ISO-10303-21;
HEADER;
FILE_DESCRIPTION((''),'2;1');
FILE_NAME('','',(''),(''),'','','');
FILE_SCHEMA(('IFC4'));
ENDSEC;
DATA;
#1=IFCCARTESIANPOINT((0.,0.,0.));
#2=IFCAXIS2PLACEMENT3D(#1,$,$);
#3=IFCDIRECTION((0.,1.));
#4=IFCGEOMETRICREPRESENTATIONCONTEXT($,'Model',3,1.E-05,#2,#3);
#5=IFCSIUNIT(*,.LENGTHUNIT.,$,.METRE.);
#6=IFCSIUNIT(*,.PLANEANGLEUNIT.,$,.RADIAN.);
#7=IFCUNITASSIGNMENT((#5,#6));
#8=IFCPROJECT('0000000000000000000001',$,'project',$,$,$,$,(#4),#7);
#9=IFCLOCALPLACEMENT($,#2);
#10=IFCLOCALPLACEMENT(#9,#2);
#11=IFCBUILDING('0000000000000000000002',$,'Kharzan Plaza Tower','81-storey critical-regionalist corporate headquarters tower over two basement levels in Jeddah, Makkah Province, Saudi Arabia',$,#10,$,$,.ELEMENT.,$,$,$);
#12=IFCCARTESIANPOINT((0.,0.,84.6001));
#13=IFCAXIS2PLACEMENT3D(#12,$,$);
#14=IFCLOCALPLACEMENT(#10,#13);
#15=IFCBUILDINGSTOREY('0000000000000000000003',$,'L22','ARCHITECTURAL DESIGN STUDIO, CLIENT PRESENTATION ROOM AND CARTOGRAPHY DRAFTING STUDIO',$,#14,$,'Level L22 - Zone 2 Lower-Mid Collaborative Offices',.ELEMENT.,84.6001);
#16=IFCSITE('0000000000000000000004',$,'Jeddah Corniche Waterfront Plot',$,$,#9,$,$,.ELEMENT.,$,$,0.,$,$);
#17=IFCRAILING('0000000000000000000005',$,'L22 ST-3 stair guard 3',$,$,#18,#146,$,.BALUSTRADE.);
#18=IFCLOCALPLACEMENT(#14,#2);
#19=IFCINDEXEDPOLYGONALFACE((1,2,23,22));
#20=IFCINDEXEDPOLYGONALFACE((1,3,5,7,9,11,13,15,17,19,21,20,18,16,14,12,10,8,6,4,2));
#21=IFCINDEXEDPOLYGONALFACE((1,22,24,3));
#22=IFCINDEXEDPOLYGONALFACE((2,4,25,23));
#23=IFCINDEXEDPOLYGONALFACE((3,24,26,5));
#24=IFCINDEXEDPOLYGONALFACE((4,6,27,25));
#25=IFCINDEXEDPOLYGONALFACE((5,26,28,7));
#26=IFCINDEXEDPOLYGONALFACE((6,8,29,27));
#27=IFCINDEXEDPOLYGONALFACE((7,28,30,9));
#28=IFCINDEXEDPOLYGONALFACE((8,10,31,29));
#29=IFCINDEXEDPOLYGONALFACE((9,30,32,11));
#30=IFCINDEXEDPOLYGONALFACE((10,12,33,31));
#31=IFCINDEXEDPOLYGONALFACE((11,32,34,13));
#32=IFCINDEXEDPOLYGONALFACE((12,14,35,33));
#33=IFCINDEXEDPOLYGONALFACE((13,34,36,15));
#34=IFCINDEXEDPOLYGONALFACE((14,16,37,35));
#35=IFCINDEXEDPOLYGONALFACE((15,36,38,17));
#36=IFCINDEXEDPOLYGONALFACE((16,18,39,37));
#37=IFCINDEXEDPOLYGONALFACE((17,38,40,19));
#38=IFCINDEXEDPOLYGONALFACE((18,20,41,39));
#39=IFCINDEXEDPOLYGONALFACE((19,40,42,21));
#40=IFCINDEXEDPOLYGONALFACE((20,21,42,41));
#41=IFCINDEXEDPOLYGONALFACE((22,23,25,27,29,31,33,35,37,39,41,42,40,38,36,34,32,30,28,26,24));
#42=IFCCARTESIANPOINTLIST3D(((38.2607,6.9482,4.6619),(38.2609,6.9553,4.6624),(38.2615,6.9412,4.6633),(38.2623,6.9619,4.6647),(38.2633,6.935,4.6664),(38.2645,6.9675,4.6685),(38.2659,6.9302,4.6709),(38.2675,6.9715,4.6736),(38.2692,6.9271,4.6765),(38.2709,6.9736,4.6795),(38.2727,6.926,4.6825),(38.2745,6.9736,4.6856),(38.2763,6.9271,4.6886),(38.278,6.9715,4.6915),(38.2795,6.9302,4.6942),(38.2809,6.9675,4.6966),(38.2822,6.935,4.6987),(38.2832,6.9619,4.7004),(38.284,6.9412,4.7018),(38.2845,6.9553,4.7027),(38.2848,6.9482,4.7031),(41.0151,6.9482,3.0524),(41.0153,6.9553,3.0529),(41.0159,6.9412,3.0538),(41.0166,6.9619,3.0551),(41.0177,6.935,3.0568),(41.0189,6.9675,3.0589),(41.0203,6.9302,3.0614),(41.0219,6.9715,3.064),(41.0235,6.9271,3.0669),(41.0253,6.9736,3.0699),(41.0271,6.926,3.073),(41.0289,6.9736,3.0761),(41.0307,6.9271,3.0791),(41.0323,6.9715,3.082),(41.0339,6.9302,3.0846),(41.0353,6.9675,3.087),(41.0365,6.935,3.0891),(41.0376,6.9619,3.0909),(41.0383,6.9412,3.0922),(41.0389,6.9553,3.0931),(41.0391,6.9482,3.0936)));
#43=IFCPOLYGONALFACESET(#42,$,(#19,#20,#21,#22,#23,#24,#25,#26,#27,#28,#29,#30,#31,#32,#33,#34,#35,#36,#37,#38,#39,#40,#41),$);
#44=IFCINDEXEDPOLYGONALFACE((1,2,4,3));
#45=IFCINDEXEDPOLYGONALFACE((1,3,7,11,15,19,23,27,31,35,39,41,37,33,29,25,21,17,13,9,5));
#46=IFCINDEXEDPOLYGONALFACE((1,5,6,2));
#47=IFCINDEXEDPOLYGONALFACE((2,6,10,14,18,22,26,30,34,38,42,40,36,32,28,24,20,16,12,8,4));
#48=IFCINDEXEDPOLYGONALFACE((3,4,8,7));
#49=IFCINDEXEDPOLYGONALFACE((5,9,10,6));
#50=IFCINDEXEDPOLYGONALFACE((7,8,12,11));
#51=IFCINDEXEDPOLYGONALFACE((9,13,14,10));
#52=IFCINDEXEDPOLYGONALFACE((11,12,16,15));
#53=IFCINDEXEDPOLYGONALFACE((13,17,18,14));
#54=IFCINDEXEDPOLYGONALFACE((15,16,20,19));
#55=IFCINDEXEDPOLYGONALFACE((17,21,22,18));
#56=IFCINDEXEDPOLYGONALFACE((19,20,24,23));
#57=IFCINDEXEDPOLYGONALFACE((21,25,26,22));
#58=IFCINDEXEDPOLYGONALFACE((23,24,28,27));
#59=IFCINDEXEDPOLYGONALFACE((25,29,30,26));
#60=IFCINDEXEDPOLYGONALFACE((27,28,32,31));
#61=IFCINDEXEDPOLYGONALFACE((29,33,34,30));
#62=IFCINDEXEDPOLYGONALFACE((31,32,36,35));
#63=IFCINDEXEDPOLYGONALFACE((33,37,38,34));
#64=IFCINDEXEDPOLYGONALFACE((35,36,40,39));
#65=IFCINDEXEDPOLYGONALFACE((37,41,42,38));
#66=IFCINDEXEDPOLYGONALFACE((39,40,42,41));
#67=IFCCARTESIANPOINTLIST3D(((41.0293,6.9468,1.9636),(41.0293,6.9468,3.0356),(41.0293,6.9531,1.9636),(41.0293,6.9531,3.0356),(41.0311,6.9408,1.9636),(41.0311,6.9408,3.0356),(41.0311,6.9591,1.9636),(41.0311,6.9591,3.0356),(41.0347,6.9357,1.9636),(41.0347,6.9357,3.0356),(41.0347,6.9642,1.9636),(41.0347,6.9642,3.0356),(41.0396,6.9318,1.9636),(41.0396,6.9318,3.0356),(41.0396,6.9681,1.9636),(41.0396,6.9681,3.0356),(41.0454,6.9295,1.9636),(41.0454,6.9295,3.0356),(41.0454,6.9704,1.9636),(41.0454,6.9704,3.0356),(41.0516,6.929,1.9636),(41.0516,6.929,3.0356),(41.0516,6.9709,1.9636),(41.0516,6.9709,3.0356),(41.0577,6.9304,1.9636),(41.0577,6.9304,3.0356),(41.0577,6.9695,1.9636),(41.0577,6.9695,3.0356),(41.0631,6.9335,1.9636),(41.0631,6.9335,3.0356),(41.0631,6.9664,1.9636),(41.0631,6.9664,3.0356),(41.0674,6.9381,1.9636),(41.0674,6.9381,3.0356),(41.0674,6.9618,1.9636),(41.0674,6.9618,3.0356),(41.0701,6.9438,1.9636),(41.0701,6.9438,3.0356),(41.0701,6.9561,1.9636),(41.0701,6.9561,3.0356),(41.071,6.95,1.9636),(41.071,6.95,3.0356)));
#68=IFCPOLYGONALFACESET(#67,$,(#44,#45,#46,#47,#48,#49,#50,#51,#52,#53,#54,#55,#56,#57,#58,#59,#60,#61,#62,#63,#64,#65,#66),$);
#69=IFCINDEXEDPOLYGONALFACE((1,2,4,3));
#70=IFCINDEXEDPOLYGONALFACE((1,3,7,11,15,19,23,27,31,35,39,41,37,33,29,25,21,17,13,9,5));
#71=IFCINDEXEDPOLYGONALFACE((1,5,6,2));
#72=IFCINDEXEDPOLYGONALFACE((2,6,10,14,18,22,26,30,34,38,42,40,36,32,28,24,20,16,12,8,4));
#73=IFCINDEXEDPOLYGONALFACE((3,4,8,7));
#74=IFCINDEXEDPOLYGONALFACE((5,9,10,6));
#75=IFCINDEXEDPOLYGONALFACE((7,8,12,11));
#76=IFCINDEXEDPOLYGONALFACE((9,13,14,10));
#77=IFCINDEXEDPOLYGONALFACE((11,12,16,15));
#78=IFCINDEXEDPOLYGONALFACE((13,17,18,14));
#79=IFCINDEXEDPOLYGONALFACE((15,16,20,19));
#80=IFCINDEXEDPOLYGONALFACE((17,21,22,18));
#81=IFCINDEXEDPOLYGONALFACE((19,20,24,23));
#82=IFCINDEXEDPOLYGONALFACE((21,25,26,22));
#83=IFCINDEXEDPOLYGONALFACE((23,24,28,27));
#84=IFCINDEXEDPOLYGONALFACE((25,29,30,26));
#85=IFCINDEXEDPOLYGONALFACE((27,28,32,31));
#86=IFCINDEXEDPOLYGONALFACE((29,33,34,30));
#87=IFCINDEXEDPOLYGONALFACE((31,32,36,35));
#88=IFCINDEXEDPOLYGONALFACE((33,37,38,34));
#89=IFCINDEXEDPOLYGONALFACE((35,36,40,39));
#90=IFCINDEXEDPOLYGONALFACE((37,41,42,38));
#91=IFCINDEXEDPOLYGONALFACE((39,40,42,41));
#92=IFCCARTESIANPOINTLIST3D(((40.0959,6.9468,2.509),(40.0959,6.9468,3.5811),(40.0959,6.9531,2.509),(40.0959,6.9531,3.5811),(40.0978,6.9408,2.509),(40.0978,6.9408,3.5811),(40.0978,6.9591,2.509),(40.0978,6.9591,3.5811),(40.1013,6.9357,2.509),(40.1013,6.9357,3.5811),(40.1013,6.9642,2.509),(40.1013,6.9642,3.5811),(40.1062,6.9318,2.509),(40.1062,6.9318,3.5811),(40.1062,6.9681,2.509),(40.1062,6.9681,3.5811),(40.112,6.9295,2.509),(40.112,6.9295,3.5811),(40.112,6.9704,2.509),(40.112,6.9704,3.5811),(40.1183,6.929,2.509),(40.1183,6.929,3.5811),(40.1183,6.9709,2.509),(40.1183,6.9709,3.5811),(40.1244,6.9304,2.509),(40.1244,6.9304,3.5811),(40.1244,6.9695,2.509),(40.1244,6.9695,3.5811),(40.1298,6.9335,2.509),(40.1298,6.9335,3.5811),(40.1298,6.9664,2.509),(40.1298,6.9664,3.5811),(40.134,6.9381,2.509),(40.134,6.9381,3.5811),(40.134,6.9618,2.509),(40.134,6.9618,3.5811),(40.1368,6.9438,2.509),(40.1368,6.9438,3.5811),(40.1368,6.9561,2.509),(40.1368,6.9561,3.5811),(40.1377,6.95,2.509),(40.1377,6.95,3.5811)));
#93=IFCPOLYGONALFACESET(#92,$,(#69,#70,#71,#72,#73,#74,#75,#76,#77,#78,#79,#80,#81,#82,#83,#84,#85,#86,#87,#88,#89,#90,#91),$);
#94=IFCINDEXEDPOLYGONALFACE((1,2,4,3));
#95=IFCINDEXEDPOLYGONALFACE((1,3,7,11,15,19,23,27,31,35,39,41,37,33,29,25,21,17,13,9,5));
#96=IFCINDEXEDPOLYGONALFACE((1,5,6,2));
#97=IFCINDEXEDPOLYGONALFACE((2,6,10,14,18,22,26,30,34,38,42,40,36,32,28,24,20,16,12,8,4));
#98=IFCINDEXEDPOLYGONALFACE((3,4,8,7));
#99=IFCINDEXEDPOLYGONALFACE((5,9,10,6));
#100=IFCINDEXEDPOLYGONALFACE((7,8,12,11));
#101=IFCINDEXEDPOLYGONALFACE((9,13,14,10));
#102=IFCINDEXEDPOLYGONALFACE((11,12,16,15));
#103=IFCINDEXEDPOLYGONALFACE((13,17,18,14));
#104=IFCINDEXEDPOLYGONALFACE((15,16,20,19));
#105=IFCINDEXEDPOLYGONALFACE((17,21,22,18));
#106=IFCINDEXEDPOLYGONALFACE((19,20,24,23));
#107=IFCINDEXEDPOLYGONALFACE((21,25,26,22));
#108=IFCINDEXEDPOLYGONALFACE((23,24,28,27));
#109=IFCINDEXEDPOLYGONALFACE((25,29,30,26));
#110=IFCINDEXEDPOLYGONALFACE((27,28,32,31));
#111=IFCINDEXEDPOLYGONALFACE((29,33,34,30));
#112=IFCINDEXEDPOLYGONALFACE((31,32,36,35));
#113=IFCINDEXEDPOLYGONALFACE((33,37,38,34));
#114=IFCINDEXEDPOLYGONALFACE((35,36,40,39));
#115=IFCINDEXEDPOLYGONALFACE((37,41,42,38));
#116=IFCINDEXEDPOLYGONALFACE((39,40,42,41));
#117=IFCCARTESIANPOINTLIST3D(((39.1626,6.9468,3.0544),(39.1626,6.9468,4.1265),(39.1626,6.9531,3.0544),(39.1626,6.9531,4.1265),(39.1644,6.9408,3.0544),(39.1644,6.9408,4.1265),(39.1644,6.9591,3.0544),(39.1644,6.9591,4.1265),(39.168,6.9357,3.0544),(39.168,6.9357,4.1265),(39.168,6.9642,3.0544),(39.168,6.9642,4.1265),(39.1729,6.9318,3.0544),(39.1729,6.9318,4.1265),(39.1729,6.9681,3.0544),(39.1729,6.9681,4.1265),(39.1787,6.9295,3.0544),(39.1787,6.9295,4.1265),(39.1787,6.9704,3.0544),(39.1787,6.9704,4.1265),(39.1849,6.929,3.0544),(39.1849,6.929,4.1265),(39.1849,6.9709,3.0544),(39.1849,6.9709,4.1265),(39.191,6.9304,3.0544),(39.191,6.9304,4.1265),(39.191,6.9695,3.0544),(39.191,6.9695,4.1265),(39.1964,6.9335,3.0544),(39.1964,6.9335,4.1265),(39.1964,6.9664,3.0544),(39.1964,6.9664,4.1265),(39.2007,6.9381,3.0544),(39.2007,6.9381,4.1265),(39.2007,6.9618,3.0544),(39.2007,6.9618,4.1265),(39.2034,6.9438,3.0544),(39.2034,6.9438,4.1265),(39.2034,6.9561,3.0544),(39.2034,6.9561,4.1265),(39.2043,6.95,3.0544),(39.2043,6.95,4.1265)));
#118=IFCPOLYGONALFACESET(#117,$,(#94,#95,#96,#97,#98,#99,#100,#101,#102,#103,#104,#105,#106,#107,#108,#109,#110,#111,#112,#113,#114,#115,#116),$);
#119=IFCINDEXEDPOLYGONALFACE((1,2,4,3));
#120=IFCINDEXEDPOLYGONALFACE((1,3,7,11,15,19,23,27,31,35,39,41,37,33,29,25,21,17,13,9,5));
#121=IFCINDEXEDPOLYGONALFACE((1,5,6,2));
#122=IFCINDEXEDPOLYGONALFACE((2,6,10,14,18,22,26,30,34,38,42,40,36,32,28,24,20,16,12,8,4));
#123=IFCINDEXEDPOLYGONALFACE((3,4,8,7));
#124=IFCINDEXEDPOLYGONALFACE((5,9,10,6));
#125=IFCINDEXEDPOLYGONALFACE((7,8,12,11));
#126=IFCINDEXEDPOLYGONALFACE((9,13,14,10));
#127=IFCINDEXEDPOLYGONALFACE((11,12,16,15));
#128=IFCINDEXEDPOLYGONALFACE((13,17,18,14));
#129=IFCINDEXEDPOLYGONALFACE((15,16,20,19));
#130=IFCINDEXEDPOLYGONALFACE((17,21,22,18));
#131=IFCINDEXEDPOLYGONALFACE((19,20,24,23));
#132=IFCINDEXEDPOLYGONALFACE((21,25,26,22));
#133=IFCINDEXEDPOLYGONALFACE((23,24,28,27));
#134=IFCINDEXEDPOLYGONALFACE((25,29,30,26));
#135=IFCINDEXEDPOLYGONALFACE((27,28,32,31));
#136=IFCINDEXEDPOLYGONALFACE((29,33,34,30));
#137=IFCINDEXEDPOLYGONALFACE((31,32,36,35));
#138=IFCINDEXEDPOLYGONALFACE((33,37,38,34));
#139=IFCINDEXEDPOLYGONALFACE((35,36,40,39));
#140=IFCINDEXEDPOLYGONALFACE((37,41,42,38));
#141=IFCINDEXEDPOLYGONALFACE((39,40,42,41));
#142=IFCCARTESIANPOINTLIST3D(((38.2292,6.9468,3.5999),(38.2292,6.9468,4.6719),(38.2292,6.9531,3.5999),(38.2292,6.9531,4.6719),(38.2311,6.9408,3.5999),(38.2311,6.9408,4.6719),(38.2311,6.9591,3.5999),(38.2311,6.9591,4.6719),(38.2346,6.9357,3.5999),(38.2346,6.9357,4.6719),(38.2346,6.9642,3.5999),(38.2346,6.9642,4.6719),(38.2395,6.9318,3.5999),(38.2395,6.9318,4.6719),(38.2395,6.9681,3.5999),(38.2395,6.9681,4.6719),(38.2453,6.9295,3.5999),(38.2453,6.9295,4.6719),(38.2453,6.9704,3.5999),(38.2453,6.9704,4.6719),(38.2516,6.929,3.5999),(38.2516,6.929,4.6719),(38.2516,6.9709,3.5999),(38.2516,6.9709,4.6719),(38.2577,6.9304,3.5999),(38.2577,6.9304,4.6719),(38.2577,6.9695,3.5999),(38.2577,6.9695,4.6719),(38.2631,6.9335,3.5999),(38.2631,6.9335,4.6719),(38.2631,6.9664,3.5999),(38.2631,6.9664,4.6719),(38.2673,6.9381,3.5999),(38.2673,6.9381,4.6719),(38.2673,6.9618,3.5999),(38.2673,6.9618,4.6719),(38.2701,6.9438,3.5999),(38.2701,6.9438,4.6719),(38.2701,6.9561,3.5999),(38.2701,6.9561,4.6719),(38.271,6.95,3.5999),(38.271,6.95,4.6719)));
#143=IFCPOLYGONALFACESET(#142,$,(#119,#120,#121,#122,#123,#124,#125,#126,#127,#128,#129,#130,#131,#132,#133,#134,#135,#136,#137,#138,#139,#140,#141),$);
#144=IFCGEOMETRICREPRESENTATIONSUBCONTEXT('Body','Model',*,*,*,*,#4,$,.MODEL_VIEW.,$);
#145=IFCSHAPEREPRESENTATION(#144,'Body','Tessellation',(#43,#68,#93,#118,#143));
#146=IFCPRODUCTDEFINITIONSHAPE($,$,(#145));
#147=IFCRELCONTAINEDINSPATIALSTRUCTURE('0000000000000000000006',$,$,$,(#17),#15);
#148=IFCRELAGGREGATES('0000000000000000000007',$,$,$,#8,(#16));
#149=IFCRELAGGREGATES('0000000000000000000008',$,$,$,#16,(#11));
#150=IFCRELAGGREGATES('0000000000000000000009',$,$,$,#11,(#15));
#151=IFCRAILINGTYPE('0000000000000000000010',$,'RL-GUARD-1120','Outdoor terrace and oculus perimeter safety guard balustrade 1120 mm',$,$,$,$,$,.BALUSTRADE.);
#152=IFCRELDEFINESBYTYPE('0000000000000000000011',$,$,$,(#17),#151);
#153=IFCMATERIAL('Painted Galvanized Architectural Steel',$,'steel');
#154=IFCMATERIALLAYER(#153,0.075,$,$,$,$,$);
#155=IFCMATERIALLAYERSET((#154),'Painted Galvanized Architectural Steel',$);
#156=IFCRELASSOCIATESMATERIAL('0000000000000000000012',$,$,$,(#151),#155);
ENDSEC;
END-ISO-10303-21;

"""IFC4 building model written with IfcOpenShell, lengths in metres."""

from ifc_helpers import new_model, si_unit, direction, frame, origin, origin_2d, place, context, subcontext, project, spatial, circle, extrude, source, transform, mapped, material, layer, layer_set, type_object, element, save


model = new_model("IFC4")

# Units and contexts
model_context = context("Model", 3, precision=1e-05, world=origin(), true_north=direction((0.0, 1.0)))
body_context = subcontext(model_context, "Body", "Model", "MODEL_VIEW")
ifc_project = project(units=[si_unit("LENGTHUNIT", "METRE"), si_unit("PLANEANGLEUNIT", "RADIAN")], contexts=[model_context])

# Site, building, storey
site_placement = place(None, origin())
site = spatial("IfcSite", under=ifc_project, at=site_placement, Name="Jeddah Corniche Waterfront Plot", CompositionType="ELEMENT", RefElevation=0.0)
building_placement = place(site_placement, origin())
building = spatial("IfcBuilding", under=site, at=building_placement, Name="Kharzan Plaza Tower", Description="81-storey critical-regionalist corporate headquarters tower over two basement levels in Jeddah, Makkah Province, Saudi Arabia", CompositionType="ELEMENT")
storey_placement = place(building_placement, frame((0.0, 0.0, 84.6001)))
storey = spatial("IfcBuildingStorey", under=building, at=storey_placement, Name="L22", Description="ARCHITECTURAL DESIGN STUDIO, CLIENT PRESENTATION ROOM AND CARTOGRAPHY DRAFTING STUDIO", LongName="Level L22 - Zone 2 Lower-Mid Collaborative Offices", CompositionType="ELEMENT", Elevation=84.6001)

# Railing
ifc_material_1 = material(Name="Painted Galvanized Architectural Steel", Category="steel")
ifc_layer_1 = layer(ifc_material_1, 0.075)
ifc_layer_set_1 = layer_set([ifc_layer_1], Name="Painted Galvanized Architectural Steel")
railing_type_1 = type_object("IfcRailingType", Name="RL-GUARD-1120", Description="Outdoor terrace and oculus perimeter safety guard balustrade 1120 mm", PredefinedType="BALUSTRADE", material=ifc_layer_set_1)
shared_shape_1 = source(origin(), body_context, "Body", "SweptSolid", [
    extrude(circle(Radius=0.0239, at=origin_2d()), frame((-0.0229, 0.0, 1.1094), z_axis=(-0.863394, 0.0, 0.504531), x_axis=(0.0, -1.0, 0.0)), (0.0, 0.0, 1.0), 3.1902),
    extrude(circle(Radius=0.021, at=origin_2d()), origin(), (0.0, 0.0, 1.0), 1.072),
    extrude(circle(Radius=0.021, at=origin_2d()), frame((-0.9333, 0.0, 0.5454)), (0.0, 0.0, 1.0), 1.072),
    extrude(circle(Radius=0.021, at=origin_2d()), frame((-1.8667, 0.0, 1.0908)), (0.0, 0.0, 1.0), 1.072),
    extrude(circle(Radius=0.021, at=origin_2d()), frame((-2.8, 0.0, 1.6362)), (0.0, 0.0, 1.0), 1.072),
])
railing_1_placement = place(storey_placement, frame((41.05, 6.95, 1.9636)))
element("IfcRailing", 1, at=railing_1_placement, inside=storey, type_object=railing_type_1, Name="L22 ST-3 stair guard 3", PredefinedType="BALUSTRADE", context=body_context, shape_type="MappedRepresentation", body=[
    mapped(shared_shape_1, transform((0.0, 0.0, 0.0), x_axis=(1.0, 0.0, 0.0), y_axis=(0.0, 1.0, 0.0), z_axis=(0.0, 0.0, 1.0))),
])

save(model, "model.ifc")
